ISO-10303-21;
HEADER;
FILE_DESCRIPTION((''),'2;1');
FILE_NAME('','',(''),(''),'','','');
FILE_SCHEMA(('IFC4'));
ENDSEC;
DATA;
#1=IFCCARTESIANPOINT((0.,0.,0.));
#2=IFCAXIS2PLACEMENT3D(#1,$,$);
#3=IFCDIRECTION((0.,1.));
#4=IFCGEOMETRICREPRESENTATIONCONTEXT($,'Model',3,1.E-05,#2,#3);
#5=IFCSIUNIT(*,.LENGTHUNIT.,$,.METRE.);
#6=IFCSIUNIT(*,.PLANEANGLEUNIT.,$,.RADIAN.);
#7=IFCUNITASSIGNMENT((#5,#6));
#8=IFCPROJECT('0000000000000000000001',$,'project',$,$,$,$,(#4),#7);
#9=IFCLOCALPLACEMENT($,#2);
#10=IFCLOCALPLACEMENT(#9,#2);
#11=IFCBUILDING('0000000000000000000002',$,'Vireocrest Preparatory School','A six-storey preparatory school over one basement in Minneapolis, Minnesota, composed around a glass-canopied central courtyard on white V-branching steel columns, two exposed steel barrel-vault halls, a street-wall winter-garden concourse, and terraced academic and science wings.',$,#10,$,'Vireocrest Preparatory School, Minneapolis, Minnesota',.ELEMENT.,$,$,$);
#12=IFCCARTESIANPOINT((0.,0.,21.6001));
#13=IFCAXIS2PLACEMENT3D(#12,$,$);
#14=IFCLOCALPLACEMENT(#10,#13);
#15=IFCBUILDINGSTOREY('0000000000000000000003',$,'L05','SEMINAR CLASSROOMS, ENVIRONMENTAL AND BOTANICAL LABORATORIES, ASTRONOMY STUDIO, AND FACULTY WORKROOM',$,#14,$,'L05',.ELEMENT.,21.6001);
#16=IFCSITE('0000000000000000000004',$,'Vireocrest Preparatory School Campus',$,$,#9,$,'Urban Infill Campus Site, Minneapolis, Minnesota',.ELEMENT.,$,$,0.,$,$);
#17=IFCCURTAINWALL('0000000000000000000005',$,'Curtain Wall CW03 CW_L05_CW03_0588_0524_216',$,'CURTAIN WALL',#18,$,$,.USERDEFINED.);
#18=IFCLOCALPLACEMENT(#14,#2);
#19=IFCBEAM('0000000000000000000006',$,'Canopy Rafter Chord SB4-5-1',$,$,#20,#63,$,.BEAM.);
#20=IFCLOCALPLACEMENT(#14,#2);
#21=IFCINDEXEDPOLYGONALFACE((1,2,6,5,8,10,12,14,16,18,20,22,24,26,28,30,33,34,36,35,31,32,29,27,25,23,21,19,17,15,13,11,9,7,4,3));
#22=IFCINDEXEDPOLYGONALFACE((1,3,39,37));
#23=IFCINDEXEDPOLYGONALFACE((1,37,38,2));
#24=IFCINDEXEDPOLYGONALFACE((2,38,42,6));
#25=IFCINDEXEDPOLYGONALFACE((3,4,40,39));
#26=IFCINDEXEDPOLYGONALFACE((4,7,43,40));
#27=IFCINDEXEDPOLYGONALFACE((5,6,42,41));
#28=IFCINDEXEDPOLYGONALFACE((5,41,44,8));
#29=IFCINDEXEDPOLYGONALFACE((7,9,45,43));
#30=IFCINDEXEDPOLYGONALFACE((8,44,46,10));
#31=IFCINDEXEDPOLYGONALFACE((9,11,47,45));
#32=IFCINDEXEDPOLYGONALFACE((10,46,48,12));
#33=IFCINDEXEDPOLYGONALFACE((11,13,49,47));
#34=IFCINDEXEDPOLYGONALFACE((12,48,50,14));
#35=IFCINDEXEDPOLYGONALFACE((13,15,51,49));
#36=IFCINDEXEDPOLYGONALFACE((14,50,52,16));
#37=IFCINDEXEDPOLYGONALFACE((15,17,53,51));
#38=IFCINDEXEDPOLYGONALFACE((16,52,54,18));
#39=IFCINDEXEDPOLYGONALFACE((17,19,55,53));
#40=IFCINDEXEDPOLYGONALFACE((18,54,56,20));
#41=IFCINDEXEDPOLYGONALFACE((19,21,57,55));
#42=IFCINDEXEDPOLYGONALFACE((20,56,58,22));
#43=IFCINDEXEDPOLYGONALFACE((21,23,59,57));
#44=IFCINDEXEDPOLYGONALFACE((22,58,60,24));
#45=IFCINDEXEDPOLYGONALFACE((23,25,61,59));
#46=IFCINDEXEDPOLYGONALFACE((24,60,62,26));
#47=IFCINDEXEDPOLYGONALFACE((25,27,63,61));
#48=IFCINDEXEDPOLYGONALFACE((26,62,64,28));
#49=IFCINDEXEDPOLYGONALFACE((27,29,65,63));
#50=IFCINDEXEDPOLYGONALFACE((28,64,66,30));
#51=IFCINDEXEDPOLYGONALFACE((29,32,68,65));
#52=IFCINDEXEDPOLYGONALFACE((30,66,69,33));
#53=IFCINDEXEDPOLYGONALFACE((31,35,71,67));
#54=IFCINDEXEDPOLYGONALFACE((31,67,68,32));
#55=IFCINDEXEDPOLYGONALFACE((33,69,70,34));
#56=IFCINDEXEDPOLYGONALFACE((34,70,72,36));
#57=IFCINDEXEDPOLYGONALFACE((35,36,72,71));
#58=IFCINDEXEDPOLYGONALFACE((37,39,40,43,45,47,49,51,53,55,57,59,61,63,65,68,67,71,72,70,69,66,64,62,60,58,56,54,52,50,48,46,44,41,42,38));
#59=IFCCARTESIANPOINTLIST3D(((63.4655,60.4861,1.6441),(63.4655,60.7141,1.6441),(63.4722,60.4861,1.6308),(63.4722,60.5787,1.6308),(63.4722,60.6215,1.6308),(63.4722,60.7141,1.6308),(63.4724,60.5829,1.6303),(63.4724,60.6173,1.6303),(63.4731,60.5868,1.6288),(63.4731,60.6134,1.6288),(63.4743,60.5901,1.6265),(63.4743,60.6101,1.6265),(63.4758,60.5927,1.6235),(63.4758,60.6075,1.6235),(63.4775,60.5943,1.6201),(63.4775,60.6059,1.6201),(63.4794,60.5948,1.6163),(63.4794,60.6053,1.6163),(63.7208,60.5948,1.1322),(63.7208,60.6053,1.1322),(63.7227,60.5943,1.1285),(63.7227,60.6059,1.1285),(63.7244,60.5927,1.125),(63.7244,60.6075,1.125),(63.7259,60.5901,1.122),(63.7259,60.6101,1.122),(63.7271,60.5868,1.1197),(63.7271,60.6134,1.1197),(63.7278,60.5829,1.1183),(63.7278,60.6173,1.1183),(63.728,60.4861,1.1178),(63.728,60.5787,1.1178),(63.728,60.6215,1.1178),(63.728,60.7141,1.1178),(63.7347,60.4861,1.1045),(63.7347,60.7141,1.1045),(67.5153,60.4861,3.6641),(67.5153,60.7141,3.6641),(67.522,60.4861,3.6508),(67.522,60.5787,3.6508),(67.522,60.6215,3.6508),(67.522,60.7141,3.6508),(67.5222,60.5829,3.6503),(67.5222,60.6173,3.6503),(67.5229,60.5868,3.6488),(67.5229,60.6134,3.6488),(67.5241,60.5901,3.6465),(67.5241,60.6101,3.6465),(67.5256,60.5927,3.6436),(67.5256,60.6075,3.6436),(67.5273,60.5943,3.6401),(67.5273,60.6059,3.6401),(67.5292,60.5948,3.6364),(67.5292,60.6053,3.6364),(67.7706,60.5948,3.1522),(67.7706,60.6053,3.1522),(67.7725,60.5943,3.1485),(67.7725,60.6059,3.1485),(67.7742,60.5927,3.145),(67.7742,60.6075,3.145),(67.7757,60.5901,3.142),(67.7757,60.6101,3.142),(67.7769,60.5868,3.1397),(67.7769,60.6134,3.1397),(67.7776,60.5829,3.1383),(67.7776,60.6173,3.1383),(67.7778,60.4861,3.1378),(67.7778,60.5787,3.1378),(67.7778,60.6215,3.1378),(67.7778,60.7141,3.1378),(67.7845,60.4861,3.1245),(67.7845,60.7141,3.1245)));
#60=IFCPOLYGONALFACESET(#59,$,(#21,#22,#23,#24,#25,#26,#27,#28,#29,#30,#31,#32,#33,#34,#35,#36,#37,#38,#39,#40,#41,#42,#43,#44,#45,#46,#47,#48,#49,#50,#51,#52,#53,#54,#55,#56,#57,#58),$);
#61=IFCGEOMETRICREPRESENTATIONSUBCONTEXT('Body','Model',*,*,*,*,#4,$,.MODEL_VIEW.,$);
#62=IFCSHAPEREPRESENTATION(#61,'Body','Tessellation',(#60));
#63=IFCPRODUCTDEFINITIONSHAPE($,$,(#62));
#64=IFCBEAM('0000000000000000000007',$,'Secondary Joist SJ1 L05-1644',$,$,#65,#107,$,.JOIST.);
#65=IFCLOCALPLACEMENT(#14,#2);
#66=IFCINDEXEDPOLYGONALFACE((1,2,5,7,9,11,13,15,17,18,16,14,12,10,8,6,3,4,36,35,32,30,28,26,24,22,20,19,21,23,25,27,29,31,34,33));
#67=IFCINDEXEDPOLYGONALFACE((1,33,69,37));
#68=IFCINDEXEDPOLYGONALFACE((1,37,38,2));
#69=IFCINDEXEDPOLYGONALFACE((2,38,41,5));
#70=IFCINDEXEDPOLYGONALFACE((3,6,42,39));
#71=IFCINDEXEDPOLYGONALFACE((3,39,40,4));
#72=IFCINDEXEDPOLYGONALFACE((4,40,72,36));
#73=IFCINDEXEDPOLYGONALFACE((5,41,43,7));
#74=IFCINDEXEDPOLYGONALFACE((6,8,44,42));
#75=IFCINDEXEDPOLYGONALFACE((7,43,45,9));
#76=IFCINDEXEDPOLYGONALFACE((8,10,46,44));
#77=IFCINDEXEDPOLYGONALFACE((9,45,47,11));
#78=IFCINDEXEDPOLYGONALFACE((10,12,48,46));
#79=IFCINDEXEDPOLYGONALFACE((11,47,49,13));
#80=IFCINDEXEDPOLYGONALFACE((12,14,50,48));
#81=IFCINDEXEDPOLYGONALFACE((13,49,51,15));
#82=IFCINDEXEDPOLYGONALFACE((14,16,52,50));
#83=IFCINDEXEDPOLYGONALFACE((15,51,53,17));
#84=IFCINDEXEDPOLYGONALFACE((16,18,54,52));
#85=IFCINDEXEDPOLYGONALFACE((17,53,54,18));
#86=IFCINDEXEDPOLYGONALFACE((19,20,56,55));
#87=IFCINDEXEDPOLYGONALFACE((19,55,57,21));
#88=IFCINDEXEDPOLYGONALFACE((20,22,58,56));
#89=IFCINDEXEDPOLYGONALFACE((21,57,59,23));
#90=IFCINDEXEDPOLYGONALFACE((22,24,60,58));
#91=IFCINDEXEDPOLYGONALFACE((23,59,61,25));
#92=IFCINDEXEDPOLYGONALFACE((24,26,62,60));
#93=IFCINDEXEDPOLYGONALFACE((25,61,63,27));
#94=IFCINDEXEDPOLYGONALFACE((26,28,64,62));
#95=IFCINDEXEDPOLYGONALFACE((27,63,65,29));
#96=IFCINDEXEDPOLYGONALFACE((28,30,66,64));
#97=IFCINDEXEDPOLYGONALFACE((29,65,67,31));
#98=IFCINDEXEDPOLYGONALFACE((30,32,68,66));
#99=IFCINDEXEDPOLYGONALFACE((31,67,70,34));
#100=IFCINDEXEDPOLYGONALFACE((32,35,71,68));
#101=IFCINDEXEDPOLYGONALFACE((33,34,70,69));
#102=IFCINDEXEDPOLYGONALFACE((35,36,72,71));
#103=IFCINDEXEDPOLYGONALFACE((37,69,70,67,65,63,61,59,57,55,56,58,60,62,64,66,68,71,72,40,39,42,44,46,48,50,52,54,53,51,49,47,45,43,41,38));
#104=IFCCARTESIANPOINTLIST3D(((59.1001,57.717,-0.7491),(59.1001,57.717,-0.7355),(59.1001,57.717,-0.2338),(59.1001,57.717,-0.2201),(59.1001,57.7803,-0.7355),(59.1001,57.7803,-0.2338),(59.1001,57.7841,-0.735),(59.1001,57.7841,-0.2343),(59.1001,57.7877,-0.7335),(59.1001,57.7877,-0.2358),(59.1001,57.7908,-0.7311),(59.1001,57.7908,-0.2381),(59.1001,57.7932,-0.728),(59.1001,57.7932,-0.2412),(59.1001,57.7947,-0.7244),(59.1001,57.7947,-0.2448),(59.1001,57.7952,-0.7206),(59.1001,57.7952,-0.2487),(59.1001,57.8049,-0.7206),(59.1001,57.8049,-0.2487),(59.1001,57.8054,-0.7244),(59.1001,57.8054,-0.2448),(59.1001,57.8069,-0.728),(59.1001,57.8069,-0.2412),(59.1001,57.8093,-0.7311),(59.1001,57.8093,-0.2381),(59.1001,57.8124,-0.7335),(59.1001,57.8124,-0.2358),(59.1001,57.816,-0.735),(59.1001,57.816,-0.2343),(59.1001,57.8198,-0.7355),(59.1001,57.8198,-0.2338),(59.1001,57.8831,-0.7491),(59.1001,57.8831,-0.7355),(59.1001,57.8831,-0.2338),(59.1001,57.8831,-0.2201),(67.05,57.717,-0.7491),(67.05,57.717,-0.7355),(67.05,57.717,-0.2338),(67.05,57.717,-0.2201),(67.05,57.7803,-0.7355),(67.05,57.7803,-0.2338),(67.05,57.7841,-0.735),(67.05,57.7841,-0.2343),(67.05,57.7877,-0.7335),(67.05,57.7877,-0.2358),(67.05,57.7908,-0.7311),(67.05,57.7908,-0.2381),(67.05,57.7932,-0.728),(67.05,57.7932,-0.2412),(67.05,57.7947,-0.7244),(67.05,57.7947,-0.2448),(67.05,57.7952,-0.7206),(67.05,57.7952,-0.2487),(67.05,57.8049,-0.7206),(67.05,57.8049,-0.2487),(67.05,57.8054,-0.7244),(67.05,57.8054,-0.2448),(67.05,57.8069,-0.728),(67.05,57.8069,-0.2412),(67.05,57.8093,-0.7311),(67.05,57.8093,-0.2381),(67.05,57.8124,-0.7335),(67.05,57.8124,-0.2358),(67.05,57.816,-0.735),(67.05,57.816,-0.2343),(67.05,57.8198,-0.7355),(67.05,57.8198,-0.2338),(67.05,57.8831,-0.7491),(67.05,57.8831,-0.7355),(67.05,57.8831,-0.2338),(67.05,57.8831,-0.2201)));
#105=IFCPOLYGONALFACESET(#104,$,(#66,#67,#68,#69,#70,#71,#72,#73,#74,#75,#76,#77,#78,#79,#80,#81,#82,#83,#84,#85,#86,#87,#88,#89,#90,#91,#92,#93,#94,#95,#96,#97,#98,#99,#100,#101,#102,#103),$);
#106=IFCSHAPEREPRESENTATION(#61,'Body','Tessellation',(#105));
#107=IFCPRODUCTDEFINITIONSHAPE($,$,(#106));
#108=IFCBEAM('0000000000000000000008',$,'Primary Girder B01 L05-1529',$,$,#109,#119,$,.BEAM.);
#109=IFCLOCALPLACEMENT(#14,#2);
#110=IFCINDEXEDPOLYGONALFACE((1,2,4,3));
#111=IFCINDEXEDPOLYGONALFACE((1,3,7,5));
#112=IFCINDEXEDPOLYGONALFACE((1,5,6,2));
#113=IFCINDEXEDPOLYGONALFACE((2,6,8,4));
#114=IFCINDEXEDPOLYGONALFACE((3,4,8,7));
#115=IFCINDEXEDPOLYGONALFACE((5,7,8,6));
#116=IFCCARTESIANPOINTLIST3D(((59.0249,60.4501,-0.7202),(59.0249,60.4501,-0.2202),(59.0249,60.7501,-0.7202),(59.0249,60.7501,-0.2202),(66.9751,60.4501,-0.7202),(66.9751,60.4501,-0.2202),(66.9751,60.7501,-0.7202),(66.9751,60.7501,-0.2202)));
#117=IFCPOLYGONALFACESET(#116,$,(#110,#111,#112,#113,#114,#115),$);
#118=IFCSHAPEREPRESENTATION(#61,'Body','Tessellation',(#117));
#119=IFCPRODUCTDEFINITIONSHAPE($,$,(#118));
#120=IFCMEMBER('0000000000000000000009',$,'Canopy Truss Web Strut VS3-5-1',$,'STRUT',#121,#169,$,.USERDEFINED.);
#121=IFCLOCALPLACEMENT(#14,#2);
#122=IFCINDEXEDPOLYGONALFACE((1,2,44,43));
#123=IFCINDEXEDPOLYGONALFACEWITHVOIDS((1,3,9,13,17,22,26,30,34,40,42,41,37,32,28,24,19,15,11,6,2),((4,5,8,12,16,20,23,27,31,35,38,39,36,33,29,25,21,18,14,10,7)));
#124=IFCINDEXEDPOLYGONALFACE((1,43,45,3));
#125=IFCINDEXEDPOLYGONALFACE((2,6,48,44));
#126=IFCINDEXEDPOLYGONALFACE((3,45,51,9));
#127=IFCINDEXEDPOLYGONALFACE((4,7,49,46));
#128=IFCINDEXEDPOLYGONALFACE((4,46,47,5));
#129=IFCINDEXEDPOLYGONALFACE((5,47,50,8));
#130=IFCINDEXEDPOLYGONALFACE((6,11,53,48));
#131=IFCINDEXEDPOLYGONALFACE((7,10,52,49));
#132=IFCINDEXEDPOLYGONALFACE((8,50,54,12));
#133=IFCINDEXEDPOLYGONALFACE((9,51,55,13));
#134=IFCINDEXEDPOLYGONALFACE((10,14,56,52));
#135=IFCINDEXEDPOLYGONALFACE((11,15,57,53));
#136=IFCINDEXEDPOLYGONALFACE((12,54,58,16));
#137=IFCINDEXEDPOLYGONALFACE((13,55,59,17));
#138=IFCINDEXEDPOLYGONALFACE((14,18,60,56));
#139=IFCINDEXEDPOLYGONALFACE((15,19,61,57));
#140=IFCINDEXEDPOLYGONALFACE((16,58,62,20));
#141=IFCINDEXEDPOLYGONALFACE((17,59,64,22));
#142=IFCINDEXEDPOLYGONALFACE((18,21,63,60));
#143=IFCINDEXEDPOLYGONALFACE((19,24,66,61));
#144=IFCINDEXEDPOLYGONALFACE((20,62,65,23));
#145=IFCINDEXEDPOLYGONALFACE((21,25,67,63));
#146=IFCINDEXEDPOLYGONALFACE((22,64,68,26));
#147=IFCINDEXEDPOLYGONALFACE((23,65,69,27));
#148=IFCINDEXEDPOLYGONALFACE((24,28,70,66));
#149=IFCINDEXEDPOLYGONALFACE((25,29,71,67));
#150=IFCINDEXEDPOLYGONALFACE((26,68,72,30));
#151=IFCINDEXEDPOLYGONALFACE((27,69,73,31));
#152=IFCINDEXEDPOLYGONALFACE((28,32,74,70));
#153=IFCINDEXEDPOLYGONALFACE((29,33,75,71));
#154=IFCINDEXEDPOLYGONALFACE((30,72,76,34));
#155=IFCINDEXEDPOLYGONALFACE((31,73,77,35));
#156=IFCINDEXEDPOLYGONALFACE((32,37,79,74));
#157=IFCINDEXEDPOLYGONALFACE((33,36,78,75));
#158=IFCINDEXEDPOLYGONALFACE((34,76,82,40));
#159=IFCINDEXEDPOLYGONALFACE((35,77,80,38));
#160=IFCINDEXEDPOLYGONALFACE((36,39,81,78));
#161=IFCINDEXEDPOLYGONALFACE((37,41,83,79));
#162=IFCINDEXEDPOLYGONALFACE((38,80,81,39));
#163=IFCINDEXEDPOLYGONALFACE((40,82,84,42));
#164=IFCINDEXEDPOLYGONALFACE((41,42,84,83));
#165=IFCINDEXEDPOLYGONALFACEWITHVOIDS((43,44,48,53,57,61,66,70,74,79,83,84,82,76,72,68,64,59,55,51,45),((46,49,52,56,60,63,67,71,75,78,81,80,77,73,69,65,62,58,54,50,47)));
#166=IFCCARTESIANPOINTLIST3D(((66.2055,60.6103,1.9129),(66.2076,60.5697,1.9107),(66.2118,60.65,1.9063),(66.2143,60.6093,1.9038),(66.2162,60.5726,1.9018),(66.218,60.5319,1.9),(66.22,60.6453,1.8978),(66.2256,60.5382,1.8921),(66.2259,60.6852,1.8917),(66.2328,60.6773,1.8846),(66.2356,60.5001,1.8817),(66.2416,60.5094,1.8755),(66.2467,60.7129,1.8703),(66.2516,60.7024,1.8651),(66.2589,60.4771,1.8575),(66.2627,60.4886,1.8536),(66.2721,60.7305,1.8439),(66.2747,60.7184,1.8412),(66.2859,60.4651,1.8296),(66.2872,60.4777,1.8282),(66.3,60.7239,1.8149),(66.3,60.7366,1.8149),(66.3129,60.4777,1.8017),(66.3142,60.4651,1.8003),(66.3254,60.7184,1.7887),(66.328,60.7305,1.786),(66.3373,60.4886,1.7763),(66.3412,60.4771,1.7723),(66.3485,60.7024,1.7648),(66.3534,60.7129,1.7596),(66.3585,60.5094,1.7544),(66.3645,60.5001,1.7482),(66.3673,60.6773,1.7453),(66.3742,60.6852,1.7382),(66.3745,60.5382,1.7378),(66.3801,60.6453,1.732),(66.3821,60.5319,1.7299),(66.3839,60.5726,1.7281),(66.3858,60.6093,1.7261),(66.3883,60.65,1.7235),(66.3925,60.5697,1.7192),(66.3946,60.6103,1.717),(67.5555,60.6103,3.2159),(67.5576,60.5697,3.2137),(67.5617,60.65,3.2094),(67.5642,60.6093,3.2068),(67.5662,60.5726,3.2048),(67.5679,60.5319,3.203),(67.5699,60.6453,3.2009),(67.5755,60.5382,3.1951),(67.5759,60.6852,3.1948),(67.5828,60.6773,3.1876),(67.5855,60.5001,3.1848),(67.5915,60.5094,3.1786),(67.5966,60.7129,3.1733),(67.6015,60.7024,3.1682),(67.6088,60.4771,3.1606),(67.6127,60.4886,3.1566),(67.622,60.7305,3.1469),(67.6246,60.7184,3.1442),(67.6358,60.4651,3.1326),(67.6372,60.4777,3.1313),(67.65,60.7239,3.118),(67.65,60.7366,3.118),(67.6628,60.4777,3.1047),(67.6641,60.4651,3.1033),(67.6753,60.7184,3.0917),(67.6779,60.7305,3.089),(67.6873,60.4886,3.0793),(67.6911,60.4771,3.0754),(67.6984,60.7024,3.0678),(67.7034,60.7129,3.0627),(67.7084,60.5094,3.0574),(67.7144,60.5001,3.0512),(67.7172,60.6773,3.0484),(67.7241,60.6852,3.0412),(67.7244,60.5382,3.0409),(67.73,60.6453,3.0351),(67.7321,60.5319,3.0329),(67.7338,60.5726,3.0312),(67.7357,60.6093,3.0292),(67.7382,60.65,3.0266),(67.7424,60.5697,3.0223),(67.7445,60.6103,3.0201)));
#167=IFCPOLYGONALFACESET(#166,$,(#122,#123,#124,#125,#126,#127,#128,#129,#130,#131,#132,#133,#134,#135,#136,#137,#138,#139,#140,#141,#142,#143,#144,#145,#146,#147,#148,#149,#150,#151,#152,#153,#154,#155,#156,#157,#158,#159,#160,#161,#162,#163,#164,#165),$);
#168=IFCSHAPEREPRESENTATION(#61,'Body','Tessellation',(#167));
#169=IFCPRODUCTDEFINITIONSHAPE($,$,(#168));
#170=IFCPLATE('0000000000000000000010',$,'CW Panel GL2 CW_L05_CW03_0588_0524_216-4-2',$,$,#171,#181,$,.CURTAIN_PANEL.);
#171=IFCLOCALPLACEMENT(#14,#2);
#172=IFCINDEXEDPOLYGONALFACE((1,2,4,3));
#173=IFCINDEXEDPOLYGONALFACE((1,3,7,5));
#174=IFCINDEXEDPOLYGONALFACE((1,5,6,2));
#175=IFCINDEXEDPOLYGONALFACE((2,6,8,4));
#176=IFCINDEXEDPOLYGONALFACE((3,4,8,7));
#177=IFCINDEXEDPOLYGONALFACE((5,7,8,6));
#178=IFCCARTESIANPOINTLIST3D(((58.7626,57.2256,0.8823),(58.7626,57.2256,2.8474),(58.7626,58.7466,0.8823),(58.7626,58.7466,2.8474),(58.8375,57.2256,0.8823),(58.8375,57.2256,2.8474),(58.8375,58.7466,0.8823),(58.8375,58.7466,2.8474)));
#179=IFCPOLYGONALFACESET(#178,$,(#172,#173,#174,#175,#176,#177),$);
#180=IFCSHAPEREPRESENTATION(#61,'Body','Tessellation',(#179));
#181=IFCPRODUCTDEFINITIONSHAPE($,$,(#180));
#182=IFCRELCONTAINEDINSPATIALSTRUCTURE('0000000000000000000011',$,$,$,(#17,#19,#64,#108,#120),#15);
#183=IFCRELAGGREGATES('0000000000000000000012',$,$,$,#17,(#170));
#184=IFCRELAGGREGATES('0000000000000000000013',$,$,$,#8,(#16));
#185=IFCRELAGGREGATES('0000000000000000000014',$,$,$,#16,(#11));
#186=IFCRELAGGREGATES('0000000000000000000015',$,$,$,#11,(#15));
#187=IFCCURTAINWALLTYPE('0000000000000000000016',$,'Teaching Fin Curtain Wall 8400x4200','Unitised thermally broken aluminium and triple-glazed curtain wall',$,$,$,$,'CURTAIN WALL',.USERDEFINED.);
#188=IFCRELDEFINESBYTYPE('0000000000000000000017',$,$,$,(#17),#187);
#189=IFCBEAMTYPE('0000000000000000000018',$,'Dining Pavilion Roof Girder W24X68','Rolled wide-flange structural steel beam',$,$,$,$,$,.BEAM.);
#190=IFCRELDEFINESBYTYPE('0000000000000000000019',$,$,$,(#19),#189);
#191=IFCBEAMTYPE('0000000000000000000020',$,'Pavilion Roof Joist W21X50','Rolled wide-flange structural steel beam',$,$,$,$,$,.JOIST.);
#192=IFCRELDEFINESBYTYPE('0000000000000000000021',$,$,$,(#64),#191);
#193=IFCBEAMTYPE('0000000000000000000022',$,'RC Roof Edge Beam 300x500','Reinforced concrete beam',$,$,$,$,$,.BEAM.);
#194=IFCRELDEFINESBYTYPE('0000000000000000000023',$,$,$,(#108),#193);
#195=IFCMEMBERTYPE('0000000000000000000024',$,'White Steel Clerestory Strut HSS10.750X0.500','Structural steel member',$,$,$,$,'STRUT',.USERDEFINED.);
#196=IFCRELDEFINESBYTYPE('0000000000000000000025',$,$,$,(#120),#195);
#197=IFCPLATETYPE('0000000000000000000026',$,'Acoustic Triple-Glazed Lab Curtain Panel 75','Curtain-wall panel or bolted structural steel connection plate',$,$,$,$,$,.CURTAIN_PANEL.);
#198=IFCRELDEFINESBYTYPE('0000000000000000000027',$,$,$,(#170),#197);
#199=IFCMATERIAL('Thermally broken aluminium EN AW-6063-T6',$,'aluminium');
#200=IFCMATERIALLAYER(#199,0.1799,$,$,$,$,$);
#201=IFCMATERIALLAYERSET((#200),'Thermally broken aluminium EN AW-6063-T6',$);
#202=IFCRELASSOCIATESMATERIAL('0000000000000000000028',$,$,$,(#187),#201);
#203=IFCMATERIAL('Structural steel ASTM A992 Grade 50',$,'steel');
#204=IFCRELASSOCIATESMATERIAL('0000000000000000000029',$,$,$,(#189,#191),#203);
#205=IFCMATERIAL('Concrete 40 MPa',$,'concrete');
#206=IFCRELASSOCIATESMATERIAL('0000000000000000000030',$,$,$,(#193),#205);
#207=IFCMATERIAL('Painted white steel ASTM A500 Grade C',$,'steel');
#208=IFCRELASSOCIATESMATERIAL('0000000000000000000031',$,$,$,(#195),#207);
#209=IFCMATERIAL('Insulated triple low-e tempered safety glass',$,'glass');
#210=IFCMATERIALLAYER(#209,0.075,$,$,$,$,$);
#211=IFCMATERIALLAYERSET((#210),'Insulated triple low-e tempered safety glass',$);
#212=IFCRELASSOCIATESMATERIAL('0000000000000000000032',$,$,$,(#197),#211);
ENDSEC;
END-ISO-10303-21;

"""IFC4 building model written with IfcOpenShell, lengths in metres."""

from ifc_helpers import new_model, si_unit, direction, frame, origin, origin_2d, place, context, subcontext, project, spatial, rectangle, hollow_circle, i_section, extrude, material, layer, layer_set, material_profile, profile_set, type_object, element, aggregate, save


model = new_model("IFC4")

# Units and contexts
model_context = context("Model", 3, precision=1e-05, world=origin(), true_north=direction((0.0, 1.0)))
body_context = subcontext(model_context, "Body", "Model", "MODEL_VIEW")
ifc_project = project(units=[si_unit("LENGTHUNIT", "METRE"), si_unit("PLANEANGLEUNIT", "RADIAN")], contexts=[model_context])

# Site, building, storey
site_placement = place(None, origin())
site = spatial("IfcSite", under=ifc_project, at=site_placement, Name="Vireocrest Preparatory School Campus", LongName="Urban Infill Campus Site, Minneapolis, Minnesota", CompositionType="ELEMENT", RefElevation=0.0)
building_placement = place(site_placement, origin())
building = spatial("IfcBuilding", under=site, at=building_placement, Name="Vireocrest Preparatory School", Description="A six-storey preparatory school over one basement in Minneapolis, Minnesota, composed around a glass-canopied central courtyard on white V-branching steel columns, two exposed steel barrel-vault halls, a street-wall winter-garden concourse, and terraced academic and science wings.", LongName="Vireocrest Preparatory School, Minneapolis, Minnesota", CompositionType="ELEMENT")
storey_placement = place(building_placement, frame((0.0, 0.0, 21.6001)))
storey = spatial("IfcBuildingStorey", under=building, at=storey_placement, Name="L05", Description="SEMINAR CLASSROOMS, ENVIRONMENTAL AND BOTANICAL LABORATORIES, ASTRONOMY STUDIO, AND FACULTY WORKROOM", LongName="L05", CompositionType="ELEMENT", Elevation=21.6001)

# Curtain wall
ifc_material_1 = material(Name="Thermally broken aluminium EN AW-6063-T6", Category="aluminium")
ifc_layer_1 = layer(ifc_material_1, 0.1799)
ifc_layer_set_1 = layer_set([ifc_layer_1], Name="Thermally broken aluminium EN AW-6063-T6")
curtain_wall_type = type_object("IfcCurtainWallType", Name="Teaching Fin Curtain Wall 8400x4200", Description="Unitised thermally broken aluminium and triple-glazed curtain wall", ElementType="CURTAIN WALL", PredefinedType="USERDEFINED", material=ifc_layer_set_1)
curtain_wall_placement = place(storey_placement, origin())
curtain_wall = element("IfcCurtainWall", 1, at=curtain_wall_placement, inside=storey, type_object=curtain_wall_type, Name="Curtain Wall CW03 CW_L05_CW03_0588_0524_216", ObjectType="CURTAIN WALL", PredefinedType="USERDEFINED")

# Shared definitions
ifc_material_2 = material(Name="Painted white steel ASTM A500 Grade C", Category="steel")

# Beams
ifc_material_3 = material(Name="Structural steel ASTM A992 Grade 50", Category="steel")
ifc_material_profile_1 = material_profile(ifc_material_3, i_section(OverallWidth=0.228, OverallDepth=0.603, WebThickness=0.0105, FlangeThickness=0.0149, FilletRadius=0.0161, at=origin_2d()), Name="W24X68")
ifc_profile_set_1 = profile_set([ifc_material_profile_1], Name="Structural steel ASTM A992 Grade 50")
beam_type_1 = type_object("IfcBeamType", Name="Dining Pavilion Roof Girder W24X68", Description="Rolled wide-flange structural steel beam", PredefinedType="BEAM", material=ifc_profile_set_1)
beam_1_placement = place(storey_placement, frame((63.6001, 60.6001, 1.3743), z_axis=(0.894858, 0.0, 0.44635), x_axis=(0.0, 1.0, 0.0)))
element("IfcBeam", 2, at=beam_1_placement, inside=storey, type_object=beam_type_1, Name="Canopy Rafter Chord SB4-5-1", PredefinedType="BEAM", context=body_context, shape_type="SweptSolid", body=[
    extrude(i_section(OverallWidth=0.228, OverallDepth=0.603, WebThickness=0.0105, FlangeThickness=0.0149, FilletRadius=0.0161, at=origin_2d()), origin(), (0.0, 0.0, 1.0), 4.5256),
])
ifc_material_profile_2 = material_profile(ifc_material_3, i_section(OverallWidth=0.166, OverallDepth=0.5291, WebThickness=0.0098, FlangeThickness=0.0137, FilletRadius=0.0149, at=origin_2d()), Name="W21X50")
ifc_profile_set_2 = profile_set([ifc_material_profile_2], Name="Structural steel ASTM A992 Grade 50")
beam_type_2 = type_object("IfcBeamType", Name="Pavilion Roof Joist W21X50", Description="Rolled wide-flange structural steel beam", PredefinedType="JOIST", material=ifc_profile_set_2)
beam_2_placement = place(storey_placement, frame((59.1001, 57.8, -0.4846), z_axis=(1.0, 0.0, 0.0), x_axis=(0.0, 1.0, 0.0)))
element("IfcBeam", 3, at=beam_2_placement, inside=storey, type_object=beam_type_2, Name="Secondary Joist SJ1 L05-1644", PredefinedType="JOIST", context=body_context, shape_type="SweptSolid", body=[
    extrude(i_section(OverallWidth=0.166, OverallDepth=0.5291, WebThickness=0.0098, FlangeThickness=0.0137, FilletRadius=0.0149, at=origin_2d()), origin(), (0.0, 0.0, 1.0), 7.95),
])
ifc_material_4 = material(Name="Concrete 40 MPa", Category="concrete")
ifc_material_profile_3 = material_profile(ifc_material_4, rectangle(XDim=0.3, YDim=0.5, at=origin_2d()), Name="RC 300x500")
ifc_profile_set_3 = profile_set([ifc_material_profile_3], Name="Concrete 40 MPa")
beam_type_3 = type_object("IfcBeamType", Name="RC Roof Edge Beam 300x500", Description="Reinforced concrete beam", PredefinedType="BEAM", material=ifc_profile_set_3)
beam_3_placement = place(storey_placement, frame((59.0249, 60.6001, -0.4702), z_axis=(1.0, 0.0, 0.0), x_axis=(0.0, 1.0, 0.0)))
element("IfcBeam", 4, at=beam_3_placement, inside=storey, type_object=beam_type_3, Name="Primary Girder B01 L05-1529", PredefinedType="BEAM", context=body_context, shape_type="SweptSolid", body=[
    extrude(rectangle(XDim=0.3, YDim=0.5, at=origin_2d()), origin(), (0.0, 0.0, 1.0), 7.9502),
])

# Member
ifc_material_profile_4 = material_profile(ifc_material_2, hollow_circle(Radius=0.1365, WallThickness=0.0127, at=origin_2d()), Name="HSS10.750X0.500")
ifc_profile_set_4 = profile_set([ifc_material_profile_4], Name="Painted white steel ASTM A500 Grade C")
member_type_1 = type_object("IfcMemberType", Name="White Steel Clerestory Strut HSS10.750X0.500", Description="Structural steel member", ElementType="STRUT", PredefinedType="USERDEFINED", material=ifc_profile_set_4)
member_1_placement = place(storey_placement, frame((66.3, 60.6001, 1.8149), z_axis=(0.719489, 0.0, 0.694504), x_axis=(0.0, 1.0, 0.0)))
element("IfcMember", 5, at=member_1_placement, inside=storey, type_object=member_type_1, Name="Canopy Truss Web Strut VS3-5-1", ObjectType="STRUT", PredefinedType="USERDEFINED", context=body_context, shape_type="SweptSolid", body=[
    extrude(hollow_circle(Radius=0.1365, WallThickness=0.0127, at=origin_2d()), origin(), (0.0, 0.0, 1.0), 1.8762),
])

# Plate
ifc_material_5 = material(Name="Insulated triple low-e tempered safety glass", Category="glass")
ifc_layer_2 = layer(ifc_material_5, 0.075)
ifc_layer_set_2 = layer_set([ifc_layer_2], Name="Insulated triple low-e tempered safety glass")
plate_type_1 = type_object("IfcPlateType", Name="Acoustic Triple-Glazed Lab Curtain Panel 75", Description="Curtain-wall panel or bolted structural steel connection plate", PredefinedType="CURTAIN_PANEL", material=ifc_layer_set_2)
plate_1_placement = place(storey_placement, frame((58.8, 57.9861, 0.8823), z_axis=(0.0, 0.0, 1.0), x_axis=(0.0, 1.0, 0.0)))
plate_1 = element("IfcPlate", 6, at=plate_1_placement, type_object=plate_type_1, Name="CW Panel GL2 CW_L05_CW03_0588_0524_216-4-2", PredefinedType="CURTAIN_PANEL", context=body_context, shape_type="SweptSolid", body=[
    extrude(rectangle(XDim=1.521, YDim=0.075, at=origin_2d()), origin(), (0.0, 0.0, 1.0), 1.9651),
])

aggregate(curtain_wall, [plate_1])

save(model, "model.ifc")
